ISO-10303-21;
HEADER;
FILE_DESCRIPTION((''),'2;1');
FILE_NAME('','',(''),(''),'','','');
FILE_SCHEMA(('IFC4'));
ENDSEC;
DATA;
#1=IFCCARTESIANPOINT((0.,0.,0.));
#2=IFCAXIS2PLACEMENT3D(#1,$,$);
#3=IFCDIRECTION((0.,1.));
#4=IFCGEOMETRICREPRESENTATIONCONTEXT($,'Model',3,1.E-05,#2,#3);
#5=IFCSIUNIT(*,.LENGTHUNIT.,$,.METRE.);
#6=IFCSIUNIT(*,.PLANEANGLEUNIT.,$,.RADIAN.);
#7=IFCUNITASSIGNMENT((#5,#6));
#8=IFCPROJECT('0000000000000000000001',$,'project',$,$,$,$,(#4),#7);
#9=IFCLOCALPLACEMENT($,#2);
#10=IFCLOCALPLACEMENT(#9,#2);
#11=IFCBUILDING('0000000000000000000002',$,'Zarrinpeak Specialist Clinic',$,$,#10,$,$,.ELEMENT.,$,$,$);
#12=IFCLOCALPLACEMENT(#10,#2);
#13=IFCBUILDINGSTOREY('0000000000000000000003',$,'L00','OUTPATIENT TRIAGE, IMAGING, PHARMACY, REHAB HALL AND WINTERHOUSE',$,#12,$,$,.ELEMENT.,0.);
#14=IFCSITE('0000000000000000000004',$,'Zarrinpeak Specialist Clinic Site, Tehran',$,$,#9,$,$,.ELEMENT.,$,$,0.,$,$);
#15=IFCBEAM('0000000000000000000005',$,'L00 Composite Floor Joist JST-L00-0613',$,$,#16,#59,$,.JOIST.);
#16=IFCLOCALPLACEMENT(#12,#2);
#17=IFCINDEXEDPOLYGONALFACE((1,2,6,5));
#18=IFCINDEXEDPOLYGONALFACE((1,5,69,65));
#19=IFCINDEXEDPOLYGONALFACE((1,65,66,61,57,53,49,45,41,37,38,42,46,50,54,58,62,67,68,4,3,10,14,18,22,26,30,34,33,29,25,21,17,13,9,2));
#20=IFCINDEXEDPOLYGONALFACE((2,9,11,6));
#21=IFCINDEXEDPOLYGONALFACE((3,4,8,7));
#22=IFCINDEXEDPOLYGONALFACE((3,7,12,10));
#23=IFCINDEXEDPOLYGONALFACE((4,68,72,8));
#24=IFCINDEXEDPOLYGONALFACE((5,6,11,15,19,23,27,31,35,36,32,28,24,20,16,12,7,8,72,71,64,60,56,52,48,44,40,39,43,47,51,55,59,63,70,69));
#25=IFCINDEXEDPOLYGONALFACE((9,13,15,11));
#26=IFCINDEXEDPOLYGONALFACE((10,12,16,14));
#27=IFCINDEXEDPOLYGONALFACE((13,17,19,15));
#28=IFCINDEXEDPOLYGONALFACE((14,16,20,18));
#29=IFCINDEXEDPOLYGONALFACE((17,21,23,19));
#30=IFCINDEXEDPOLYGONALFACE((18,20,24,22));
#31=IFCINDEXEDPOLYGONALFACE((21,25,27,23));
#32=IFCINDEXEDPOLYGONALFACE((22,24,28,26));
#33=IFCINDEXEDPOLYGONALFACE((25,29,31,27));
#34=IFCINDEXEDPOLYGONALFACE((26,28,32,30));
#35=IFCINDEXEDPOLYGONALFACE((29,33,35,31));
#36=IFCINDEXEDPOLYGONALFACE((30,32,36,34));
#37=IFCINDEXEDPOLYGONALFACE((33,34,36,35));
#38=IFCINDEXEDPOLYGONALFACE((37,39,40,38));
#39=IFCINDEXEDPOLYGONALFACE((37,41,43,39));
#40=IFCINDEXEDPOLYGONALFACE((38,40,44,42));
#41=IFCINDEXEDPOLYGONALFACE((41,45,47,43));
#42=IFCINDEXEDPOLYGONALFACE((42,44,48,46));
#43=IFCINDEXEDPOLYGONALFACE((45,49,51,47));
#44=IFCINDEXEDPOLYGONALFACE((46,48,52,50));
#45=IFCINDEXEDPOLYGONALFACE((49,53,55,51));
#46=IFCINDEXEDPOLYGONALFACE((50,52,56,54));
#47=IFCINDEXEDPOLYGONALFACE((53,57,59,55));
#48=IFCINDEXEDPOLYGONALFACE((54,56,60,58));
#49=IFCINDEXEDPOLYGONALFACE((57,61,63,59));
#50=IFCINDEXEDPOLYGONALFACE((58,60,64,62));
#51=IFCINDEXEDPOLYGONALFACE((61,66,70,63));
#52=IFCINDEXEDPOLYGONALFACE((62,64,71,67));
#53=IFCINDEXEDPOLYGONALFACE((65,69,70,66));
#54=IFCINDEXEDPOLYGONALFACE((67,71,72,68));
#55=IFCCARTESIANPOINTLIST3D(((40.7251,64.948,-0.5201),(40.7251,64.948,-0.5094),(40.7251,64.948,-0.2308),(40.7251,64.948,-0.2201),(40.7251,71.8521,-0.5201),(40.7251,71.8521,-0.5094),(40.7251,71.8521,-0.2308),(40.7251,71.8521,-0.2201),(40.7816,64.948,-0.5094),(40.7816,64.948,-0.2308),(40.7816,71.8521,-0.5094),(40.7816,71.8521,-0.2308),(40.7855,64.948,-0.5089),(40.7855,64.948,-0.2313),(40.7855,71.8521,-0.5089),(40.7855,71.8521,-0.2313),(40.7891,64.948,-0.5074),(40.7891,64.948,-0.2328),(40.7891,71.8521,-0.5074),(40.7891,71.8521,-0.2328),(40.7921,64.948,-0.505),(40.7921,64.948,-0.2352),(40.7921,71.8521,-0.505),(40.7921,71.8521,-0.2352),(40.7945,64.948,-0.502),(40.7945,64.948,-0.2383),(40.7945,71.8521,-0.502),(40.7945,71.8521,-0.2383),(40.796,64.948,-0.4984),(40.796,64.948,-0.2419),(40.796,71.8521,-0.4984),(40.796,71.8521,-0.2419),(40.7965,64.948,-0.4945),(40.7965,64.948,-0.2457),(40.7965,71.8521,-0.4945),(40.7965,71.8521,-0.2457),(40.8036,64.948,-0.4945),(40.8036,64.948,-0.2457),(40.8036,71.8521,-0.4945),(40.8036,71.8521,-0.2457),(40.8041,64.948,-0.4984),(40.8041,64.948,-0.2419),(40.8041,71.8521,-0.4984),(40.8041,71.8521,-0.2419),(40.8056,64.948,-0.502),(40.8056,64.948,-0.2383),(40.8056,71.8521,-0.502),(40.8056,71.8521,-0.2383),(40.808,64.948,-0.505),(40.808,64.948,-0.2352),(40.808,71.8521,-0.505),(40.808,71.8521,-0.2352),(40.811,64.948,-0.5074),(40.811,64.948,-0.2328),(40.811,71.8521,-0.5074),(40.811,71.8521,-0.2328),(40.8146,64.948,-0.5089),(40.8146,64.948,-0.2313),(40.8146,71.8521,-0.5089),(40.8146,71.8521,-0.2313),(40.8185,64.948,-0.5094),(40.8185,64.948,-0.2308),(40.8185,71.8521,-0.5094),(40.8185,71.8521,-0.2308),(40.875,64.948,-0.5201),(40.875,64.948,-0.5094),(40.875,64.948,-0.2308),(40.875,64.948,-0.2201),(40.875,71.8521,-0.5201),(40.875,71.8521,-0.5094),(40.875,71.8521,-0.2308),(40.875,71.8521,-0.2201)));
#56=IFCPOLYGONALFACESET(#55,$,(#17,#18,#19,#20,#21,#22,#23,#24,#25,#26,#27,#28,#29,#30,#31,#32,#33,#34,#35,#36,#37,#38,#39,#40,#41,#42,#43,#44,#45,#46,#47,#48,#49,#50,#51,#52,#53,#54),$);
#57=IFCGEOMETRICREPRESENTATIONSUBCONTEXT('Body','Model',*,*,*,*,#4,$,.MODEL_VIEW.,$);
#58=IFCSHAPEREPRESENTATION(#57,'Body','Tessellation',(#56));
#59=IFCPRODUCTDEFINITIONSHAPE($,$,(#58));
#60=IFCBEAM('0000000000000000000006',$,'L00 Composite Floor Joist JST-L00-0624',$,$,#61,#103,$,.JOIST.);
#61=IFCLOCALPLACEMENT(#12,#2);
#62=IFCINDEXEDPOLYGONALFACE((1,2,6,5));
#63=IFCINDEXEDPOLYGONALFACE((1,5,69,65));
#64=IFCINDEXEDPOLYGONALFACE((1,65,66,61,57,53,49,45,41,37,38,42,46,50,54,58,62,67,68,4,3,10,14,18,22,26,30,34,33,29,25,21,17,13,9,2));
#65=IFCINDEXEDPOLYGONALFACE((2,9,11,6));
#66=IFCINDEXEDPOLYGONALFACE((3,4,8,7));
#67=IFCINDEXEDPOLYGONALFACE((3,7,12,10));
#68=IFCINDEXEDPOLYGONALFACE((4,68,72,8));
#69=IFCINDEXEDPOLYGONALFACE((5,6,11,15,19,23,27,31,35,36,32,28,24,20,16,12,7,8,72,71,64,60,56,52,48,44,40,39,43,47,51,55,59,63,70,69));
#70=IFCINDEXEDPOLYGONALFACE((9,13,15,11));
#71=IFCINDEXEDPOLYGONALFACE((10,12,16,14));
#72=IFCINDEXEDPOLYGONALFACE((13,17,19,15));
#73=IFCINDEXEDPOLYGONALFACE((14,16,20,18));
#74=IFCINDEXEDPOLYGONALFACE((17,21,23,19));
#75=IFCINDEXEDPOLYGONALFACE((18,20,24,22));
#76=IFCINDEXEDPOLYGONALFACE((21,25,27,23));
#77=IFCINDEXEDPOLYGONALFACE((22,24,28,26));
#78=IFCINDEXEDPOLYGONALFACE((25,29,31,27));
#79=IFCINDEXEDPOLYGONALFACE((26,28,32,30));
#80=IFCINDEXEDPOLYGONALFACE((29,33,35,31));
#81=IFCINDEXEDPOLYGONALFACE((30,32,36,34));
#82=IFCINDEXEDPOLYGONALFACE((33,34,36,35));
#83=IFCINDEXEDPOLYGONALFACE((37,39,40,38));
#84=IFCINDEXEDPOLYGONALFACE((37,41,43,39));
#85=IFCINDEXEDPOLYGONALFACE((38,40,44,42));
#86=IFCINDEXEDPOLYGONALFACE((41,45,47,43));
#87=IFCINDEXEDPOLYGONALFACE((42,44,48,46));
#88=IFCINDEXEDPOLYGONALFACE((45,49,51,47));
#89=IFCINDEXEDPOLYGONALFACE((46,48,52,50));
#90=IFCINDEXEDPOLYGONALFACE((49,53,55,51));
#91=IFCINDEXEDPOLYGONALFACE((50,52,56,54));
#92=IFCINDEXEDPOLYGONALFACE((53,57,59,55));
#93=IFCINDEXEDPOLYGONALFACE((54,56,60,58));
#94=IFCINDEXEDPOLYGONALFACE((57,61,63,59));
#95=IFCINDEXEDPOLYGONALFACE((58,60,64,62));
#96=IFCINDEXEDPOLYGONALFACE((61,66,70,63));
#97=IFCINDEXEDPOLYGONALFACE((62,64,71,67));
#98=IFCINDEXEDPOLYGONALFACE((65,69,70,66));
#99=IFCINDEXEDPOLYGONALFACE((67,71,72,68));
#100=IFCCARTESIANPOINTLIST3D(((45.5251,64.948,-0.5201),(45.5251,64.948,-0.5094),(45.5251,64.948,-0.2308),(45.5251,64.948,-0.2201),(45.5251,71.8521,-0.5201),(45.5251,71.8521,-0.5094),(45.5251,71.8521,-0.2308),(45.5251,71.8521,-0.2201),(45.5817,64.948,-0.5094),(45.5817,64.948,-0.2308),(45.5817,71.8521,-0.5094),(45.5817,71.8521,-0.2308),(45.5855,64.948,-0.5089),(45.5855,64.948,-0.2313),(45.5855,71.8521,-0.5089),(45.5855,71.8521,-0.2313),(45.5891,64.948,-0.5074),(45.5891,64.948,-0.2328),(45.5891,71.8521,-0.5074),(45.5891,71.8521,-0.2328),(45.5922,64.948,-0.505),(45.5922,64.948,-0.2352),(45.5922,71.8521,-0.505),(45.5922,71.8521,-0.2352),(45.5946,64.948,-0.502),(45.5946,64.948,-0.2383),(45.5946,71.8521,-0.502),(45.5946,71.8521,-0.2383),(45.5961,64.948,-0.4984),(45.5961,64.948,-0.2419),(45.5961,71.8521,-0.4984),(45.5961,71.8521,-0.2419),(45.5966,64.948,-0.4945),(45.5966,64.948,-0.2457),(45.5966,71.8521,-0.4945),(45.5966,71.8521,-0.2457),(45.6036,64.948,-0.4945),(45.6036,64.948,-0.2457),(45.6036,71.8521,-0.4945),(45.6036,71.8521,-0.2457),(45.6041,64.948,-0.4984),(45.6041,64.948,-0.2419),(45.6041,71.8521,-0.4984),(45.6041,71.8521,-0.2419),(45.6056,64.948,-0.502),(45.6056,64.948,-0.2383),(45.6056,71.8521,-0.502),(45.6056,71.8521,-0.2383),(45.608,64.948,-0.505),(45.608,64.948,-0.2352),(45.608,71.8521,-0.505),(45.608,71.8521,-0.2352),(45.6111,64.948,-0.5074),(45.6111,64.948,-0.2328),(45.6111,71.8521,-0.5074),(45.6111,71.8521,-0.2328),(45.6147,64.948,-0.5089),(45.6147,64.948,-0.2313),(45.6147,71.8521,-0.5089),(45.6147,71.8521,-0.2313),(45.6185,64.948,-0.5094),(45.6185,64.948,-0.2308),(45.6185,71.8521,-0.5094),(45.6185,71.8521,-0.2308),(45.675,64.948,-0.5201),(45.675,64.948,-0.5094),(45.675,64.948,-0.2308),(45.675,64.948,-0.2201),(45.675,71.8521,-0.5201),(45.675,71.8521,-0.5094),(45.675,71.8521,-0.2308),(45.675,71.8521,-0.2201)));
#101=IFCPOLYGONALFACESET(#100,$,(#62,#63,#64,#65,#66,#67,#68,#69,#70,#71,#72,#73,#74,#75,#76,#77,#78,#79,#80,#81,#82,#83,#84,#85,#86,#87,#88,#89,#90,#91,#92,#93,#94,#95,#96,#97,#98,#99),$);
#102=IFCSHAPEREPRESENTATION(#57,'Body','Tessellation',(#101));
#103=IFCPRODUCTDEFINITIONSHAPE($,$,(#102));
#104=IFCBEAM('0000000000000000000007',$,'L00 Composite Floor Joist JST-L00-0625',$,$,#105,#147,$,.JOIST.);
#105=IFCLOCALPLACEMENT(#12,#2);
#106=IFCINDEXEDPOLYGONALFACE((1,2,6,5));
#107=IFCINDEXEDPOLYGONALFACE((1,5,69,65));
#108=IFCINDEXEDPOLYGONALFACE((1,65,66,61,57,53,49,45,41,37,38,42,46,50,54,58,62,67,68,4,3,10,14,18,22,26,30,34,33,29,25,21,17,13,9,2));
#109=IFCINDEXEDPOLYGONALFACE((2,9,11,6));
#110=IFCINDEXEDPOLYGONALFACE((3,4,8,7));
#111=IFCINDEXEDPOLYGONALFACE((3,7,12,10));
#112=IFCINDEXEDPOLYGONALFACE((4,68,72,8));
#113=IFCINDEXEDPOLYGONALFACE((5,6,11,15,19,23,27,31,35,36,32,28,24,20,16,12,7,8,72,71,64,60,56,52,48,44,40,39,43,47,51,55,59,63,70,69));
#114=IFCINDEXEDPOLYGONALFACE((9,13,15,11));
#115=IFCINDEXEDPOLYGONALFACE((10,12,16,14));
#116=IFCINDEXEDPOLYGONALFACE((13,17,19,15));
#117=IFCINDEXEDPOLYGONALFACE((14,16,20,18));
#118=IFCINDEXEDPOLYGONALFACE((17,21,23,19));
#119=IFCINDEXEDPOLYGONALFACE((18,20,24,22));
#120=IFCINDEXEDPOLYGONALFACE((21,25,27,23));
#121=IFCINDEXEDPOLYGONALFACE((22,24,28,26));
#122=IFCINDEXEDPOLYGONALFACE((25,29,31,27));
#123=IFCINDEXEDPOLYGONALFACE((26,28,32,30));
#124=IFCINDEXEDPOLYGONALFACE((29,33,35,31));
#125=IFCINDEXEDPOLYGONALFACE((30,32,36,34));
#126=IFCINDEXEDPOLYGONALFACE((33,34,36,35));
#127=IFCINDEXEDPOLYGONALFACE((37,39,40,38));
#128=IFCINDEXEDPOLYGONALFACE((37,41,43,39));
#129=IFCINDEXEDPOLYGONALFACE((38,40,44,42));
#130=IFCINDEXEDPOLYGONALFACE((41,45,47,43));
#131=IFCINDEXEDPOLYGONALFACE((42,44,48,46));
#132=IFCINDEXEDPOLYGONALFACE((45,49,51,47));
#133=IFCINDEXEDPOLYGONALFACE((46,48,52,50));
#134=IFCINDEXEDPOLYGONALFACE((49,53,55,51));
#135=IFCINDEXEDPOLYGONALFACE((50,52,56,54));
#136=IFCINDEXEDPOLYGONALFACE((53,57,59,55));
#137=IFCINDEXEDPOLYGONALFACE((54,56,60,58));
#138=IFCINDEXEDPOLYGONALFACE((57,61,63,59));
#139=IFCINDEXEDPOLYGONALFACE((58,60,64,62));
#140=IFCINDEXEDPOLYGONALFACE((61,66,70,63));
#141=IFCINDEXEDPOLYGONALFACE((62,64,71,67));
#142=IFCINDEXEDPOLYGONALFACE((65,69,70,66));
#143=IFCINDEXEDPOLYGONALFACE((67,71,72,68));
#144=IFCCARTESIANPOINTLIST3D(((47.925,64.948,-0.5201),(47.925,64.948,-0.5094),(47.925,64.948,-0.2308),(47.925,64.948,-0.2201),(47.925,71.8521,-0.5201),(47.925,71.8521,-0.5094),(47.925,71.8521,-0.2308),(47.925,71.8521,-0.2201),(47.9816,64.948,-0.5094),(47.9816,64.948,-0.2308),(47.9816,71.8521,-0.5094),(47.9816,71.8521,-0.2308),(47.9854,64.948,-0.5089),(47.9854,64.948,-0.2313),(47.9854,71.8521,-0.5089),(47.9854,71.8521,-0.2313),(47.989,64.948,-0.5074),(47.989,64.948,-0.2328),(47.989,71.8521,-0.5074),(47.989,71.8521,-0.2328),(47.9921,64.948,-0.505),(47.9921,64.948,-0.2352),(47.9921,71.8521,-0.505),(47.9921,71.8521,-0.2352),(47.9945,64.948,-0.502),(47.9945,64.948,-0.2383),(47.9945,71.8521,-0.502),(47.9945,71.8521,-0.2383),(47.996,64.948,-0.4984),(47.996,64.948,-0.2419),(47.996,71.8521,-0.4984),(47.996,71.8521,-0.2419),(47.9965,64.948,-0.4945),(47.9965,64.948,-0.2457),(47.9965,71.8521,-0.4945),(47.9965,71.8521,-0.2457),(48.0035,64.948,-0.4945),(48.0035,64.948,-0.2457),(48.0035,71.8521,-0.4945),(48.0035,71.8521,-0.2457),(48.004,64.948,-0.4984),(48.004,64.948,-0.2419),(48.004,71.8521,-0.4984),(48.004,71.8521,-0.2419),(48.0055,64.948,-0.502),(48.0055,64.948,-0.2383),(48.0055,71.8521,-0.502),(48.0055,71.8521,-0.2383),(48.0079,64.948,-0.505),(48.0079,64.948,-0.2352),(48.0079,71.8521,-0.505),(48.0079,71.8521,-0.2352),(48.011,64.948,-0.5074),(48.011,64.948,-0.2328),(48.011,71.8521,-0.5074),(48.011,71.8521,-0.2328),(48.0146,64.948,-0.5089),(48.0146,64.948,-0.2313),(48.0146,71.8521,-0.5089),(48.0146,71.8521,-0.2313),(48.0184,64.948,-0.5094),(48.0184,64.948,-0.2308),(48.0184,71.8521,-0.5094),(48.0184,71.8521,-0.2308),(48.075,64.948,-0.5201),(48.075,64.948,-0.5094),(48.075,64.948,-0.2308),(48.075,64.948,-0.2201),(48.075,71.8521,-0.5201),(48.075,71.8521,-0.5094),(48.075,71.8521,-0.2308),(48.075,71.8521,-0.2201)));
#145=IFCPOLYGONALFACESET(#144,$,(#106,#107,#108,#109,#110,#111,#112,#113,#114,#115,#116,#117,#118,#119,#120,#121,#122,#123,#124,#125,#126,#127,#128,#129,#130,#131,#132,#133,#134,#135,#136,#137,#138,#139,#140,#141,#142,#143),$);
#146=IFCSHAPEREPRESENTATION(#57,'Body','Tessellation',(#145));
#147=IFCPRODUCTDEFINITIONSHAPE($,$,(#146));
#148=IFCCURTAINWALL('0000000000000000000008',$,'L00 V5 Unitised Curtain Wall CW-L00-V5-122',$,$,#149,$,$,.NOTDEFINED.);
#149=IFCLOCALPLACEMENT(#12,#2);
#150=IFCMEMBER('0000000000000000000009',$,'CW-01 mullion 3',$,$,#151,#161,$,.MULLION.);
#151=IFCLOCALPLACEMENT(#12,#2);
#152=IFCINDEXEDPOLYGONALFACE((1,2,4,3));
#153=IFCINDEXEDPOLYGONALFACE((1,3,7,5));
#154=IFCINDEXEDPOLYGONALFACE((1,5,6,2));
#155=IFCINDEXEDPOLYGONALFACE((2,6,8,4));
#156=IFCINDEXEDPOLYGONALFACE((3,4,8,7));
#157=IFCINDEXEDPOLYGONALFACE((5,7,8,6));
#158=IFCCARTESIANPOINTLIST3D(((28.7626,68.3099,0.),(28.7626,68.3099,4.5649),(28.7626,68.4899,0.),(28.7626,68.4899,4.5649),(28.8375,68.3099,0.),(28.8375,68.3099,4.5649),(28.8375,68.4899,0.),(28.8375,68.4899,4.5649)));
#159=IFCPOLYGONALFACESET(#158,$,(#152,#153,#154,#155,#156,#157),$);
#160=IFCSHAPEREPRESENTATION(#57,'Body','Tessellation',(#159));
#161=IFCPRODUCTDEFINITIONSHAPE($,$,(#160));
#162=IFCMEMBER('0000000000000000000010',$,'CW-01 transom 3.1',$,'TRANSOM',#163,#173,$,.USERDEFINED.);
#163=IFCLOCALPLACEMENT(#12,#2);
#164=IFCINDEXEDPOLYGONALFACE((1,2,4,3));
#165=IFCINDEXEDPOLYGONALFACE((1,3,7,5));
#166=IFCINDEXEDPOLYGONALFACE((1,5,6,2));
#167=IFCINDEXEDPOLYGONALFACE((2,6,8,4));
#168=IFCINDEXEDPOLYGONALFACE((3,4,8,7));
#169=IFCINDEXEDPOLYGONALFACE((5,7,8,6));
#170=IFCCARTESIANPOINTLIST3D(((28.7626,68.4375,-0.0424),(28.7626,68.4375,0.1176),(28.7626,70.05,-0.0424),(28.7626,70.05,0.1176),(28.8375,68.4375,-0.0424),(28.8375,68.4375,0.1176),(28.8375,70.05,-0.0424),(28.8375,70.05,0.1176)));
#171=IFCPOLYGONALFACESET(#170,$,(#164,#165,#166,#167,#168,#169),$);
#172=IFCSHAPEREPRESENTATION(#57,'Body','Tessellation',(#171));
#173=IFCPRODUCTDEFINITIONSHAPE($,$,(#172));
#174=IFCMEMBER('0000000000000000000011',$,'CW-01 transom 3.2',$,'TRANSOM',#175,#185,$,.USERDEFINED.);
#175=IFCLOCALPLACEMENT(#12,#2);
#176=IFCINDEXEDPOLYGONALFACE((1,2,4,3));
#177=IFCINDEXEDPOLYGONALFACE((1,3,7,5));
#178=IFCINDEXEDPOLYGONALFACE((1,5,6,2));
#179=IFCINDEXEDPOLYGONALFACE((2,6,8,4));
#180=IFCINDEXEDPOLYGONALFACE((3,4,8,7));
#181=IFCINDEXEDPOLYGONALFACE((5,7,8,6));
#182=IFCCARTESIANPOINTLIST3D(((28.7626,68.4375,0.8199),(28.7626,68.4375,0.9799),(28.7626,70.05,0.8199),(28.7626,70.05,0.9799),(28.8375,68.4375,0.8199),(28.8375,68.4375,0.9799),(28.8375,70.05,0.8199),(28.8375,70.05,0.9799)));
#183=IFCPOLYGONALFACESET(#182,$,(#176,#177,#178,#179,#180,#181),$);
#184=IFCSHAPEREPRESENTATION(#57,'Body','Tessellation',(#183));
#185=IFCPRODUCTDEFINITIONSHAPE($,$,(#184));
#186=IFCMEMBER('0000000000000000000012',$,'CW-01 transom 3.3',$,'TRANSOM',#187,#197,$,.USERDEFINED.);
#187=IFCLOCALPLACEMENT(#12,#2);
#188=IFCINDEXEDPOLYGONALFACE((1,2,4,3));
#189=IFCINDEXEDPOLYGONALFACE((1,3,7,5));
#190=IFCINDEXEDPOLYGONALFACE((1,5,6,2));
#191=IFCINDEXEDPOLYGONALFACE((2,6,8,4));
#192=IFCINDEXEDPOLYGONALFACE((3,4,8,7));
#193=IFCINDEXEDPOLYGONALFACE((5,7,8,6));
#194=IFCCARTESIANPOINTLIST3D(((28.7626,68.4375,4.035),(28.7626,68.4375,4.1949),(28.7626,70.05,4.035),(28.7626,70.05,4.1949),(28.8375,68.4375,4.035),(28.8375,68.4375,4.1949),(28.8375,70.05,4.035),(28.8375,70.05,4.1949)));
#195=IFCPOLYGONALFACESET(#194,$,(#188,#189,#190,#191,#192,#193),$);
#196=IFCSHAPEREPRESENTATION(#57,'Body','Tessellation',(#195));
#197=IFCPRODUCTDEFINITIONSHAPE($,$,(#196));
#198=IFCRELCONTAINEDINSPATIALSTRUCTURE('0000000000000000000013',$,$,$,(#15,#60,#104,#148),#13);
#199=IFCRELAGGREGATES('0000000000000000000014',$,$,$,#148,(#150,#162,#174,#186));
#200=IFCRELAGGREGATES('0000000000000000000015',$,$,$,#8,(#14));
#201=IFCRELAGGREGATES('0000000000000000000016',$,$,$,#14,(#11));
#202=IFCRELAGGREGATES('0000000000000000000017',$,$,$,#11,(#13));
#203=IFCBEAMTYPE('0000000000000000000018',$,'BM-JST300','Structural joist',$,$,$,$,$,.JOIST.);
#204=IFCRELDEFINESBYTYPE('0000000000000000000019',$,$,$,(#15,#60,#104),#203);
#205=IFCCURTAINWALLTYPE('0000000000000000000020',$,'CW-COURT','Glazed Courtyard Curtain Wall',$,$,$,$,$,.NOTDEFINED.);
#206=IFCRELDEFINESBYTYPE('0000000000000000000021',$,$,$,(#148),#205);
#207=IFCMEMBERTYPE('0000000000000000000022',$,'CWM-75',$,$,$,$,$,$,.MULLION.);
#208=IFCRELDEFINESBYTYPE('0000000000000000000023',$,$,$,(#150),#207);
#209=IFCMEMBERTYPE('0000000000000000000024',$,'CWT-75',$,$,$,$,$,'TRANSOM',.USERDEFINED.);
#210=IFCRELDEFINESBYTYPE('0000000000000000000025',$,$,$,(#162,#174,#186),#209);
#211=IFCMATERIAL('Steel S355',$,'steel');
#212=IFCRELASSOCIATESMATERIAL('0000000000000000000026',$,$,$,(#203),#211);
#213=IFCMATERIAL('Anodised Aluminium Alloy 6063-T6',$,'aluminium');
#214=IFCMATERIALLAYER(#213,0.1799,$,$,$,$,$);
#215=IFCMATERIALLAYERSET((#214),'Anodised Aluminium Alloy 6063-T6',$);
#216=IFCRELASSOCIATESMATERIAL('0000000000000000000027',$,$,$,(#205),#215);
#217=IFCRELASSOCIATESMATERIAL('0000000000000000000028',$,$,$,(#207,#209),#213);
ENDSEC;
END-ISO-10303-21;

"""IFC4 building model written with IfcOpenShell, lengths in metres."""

from ifc_helpers import new_model, si_unit, direction, frame, origin, origin_2d, place, context, subcontext, project, spatial, rectangle, i_section, extrude, material, layer, layer_set, material_profile, profile_set, type_object, element, aggregate, save


model = new_model("IFC4")

# Units and contexts
model_context = context("Model", 3, precision=1e-05, world=origin(), true_north=direction((0.0, 1.0)))
body_context = subcontext(model_context, "Body", "Model", "MODEL_VIEW")
ifc_project = project(units=[si_unit("LENGTHUNIT", "METRE"), si_unit("PLANEANGLEUNIT", "RADIAN")], contexts=[model_context])

# Site, building, storey
site_placement = place(None, origin())
site = spatial("IfcSite", under=ifc_project, at=site_placement, Name="Zarrinpeak Specialist Clinic Site, Tehran", CompositionType="ELEMENT", RefElevation=0.0)
building_placement = place(site_placement, origin())
building = spatial("IfcBuilding", under=site, at=building_placement, Name="Zarrinpeak Specialist Clinic", CompositionType="ELEMENT")
storey_placement = place(building_placement, origin())
storey = spatial("IfcBuildingStorey", under=building, at=storey_placement, Name="L00", Description="OUTPATIENT TRIAGE, IMAGING, PHARMACY, REHAB HALL AND WINTERHOUSE", CompositionType="ELEMENT", Elevation=0.0)

# Beams
ifc_material_1 = material(Name="Steel S355", Category="steel")
ifc_material_profile_1 = material_profile(ifc_material_1, i_section(OverallWidth=0.1499, OverallDepth=0.3, WebThickness=0.0071, FlangeThickness=0.0107, FilletRadius=0.0149, at=origin_2d()), Name="IPE 300")
ifc_profile_set_1 = profile_set([ifc_material_profile_1], Name="Steel S355")
beam_type_1 = type_object("IfcBeamType", Name="BM-JST300", Description="Structural joist", PredefinedType="JOIST", material=ifc_profile_set_1)
for number, where, z_axis, x_axis, name in (
    (1, (40.8, 64.948, -0.3701), (0.0, 1.0, 0.0), (-1.0, 0.0, 0.0), "L00 Composite Floor Joist JST-L00-0613"),
    (2, (45.6001, 64.948, -0.3701), (0.0, 1.0, 0.0), (-1.0, 0.0, 0.0), "L00 Composite Floor Joist JST-L00-0624"),
    (3, (48.0, 64.948, -0.3701), (0.0, 1.0, 0.0), (-1.0, 0.0, 0.0), "L00 Composite Floor Joist JST-L00-0625"),
):
    element("IfcBeam", number, at=place(storey_placement, frame(where, z_axis=z_axis, x_axis=x_axis)), inside=storey, type_object=beam_type_1, Name=name, PredefinedType="JOIST", context=body_context, shape_type="SweptSolid", body=[
        extrude(i_section(OverallWidth=0.1499, OverallDepth=0.3, WebThickness=0.0071, FlangeThickness=0.0107, FilletRadius=0.0149, at=origin_2d()), origin(), (0.0, 0.0, 1.0), 6.9041),
    ])

# Curtain wall, members
ifc_material_2 = material(Name="Anodised Aluminium Alloy 6063-T6", Category="aluminium")
ifc_layer_1 = layer(ifc_material_2, 0.1799)
ifc_layer_set_1 = layer_set([ifc_layer_1], Name="Anodised Aluminium Alloy 6063-T6")
curtain_wall_type = type_object("IfcCurtainWallType", Name="CW-COURT", Description="Glazed Courtyard Curtain Wall", PredefinedType="NOTDEFINED", material=ifc_layer_set_1)
curtain_wall_placement = place(storey_placement, origin())
curtain_wall = element("IfcCurtainWall", 4, at=curtain_wall_placement, inside=storey, type_object=curtain_wall_type, Name="L00 V5 Unitised Curtain Wall CW-L00-V5-122", PredefinedType="NOTDEFINED")
ifc_material_profile_2 = material_profile(ifc_material_2, rectangle(XDim=0.075, YDim=0.1799, at=origin_2d()), Name="ALU 75x180")
ifc_profile_set_2 = profile_set([ifc_material_profile_2], Name="Anodised Aluminium Alloy 6063-T6")
member_type_1 = type_object("IfcMemberType", Name="CWM-75", PredefinedType="MULLION", material=ifc_profile_set_2)
member_1_placement = place(storey_placement, frame((28.8, 68.3999, 0.0), z_axis=(0.0, 0.0, 1.0), x_axis=(-1.0, 0.0, 0.0)))
member_1 = element("IfcMember", 5, at=member_1_placement, type_object=member_type_1, Name="CW-01 mullion 3", PredefinedType="MULLION", context=body_context, shape_type="SweptSolid", body=[
    extrude(rectangle(XDim=0.075, YDim=0.1799, at=origin_2d()), origin(), (0.0, 0.0, 1.0), 4.5649),
])
ifc_material_profile_3 = material_profile(ifc_material_2, rectangle(XDim=0.075, YDim=0.1599, at=origin_2d()), Name="ALU 75x160")
ifc_profile_set_3 = profile_set([ifc_material_profile_3], Name="Anodised Aluminium Alloy 6063-T6")
member_type_2 = type_object("IfcMemberType", Name="CWT-75", ElementType="TRANSOM", PredefinedType="USERDEFINED", material=ifc_profile_set_3)
member_2_placement = place(storey_placement, frame((28.8, 68.4375, 0.0376), z_axis=(0.0, 1.0, 0.0), x_axis=(-1.0, 0.0, 0.0)))
member_2 = element("IfcMember", 6, at=member_2_placement, type_object=member_type_2, Name="CW-01 transom 3.1", ObjectType="TRANSOM", PredefinedType="USERDEFINED", context=body_context, shape_type="SweptSolid", body=[
    extrude(rectangle(XDim=0.075, YDim=0.1599, at=origin_2d()), origin(), (0.0, 0.0, 1.0), 1.6125),
])
member_3_placement = place(storey_placement, frame((28.8, 68.4375, 0.8999), z_axis=(0.0, 1.0, 0.0), x_axis=(-1.0, 0.0, 0.0)))
member_3 = element("IfcMember", 7, at=member_3_placement, type_object=member_type_2, Name="CW-01 transom 3.2", ObjectType="TRANSOM", PredefinedType="USERDEFINED", context=body_context, shape_type="SweptSolid", body=[
    extrude(rectangle(XDim=0.075, YDim=0.1599, at=origin_2d()), origin(), (0.0, 0.0, 1.0), 1.6125),
])
member_4_placement = place(storey_placement, frame((28.8, 68.4375, 4.115), z_axis=(0.0, 1.0, 0.0), x_axis=(-1.0, 0.0, 0.0)))
member_4 = element("IfcMember", 8, at=member_4_placement, type_object=member_type_2, Name="CW-01 transom 3.3", ObjectType="TRANSOM", PredefinedType="USERDEFINED", context=body_context, shape_type="SweptSolid", body=[
    extrude(rectangle(XDim=0.075, YDim=0.1599, at=origin_2d()), origin(), (0.0, 0.0, 1.0), 1.6125),
])
aggregate(curtain_wall, [member_1, member_2, member_3, member_4])

save(model, "model.ifc")
